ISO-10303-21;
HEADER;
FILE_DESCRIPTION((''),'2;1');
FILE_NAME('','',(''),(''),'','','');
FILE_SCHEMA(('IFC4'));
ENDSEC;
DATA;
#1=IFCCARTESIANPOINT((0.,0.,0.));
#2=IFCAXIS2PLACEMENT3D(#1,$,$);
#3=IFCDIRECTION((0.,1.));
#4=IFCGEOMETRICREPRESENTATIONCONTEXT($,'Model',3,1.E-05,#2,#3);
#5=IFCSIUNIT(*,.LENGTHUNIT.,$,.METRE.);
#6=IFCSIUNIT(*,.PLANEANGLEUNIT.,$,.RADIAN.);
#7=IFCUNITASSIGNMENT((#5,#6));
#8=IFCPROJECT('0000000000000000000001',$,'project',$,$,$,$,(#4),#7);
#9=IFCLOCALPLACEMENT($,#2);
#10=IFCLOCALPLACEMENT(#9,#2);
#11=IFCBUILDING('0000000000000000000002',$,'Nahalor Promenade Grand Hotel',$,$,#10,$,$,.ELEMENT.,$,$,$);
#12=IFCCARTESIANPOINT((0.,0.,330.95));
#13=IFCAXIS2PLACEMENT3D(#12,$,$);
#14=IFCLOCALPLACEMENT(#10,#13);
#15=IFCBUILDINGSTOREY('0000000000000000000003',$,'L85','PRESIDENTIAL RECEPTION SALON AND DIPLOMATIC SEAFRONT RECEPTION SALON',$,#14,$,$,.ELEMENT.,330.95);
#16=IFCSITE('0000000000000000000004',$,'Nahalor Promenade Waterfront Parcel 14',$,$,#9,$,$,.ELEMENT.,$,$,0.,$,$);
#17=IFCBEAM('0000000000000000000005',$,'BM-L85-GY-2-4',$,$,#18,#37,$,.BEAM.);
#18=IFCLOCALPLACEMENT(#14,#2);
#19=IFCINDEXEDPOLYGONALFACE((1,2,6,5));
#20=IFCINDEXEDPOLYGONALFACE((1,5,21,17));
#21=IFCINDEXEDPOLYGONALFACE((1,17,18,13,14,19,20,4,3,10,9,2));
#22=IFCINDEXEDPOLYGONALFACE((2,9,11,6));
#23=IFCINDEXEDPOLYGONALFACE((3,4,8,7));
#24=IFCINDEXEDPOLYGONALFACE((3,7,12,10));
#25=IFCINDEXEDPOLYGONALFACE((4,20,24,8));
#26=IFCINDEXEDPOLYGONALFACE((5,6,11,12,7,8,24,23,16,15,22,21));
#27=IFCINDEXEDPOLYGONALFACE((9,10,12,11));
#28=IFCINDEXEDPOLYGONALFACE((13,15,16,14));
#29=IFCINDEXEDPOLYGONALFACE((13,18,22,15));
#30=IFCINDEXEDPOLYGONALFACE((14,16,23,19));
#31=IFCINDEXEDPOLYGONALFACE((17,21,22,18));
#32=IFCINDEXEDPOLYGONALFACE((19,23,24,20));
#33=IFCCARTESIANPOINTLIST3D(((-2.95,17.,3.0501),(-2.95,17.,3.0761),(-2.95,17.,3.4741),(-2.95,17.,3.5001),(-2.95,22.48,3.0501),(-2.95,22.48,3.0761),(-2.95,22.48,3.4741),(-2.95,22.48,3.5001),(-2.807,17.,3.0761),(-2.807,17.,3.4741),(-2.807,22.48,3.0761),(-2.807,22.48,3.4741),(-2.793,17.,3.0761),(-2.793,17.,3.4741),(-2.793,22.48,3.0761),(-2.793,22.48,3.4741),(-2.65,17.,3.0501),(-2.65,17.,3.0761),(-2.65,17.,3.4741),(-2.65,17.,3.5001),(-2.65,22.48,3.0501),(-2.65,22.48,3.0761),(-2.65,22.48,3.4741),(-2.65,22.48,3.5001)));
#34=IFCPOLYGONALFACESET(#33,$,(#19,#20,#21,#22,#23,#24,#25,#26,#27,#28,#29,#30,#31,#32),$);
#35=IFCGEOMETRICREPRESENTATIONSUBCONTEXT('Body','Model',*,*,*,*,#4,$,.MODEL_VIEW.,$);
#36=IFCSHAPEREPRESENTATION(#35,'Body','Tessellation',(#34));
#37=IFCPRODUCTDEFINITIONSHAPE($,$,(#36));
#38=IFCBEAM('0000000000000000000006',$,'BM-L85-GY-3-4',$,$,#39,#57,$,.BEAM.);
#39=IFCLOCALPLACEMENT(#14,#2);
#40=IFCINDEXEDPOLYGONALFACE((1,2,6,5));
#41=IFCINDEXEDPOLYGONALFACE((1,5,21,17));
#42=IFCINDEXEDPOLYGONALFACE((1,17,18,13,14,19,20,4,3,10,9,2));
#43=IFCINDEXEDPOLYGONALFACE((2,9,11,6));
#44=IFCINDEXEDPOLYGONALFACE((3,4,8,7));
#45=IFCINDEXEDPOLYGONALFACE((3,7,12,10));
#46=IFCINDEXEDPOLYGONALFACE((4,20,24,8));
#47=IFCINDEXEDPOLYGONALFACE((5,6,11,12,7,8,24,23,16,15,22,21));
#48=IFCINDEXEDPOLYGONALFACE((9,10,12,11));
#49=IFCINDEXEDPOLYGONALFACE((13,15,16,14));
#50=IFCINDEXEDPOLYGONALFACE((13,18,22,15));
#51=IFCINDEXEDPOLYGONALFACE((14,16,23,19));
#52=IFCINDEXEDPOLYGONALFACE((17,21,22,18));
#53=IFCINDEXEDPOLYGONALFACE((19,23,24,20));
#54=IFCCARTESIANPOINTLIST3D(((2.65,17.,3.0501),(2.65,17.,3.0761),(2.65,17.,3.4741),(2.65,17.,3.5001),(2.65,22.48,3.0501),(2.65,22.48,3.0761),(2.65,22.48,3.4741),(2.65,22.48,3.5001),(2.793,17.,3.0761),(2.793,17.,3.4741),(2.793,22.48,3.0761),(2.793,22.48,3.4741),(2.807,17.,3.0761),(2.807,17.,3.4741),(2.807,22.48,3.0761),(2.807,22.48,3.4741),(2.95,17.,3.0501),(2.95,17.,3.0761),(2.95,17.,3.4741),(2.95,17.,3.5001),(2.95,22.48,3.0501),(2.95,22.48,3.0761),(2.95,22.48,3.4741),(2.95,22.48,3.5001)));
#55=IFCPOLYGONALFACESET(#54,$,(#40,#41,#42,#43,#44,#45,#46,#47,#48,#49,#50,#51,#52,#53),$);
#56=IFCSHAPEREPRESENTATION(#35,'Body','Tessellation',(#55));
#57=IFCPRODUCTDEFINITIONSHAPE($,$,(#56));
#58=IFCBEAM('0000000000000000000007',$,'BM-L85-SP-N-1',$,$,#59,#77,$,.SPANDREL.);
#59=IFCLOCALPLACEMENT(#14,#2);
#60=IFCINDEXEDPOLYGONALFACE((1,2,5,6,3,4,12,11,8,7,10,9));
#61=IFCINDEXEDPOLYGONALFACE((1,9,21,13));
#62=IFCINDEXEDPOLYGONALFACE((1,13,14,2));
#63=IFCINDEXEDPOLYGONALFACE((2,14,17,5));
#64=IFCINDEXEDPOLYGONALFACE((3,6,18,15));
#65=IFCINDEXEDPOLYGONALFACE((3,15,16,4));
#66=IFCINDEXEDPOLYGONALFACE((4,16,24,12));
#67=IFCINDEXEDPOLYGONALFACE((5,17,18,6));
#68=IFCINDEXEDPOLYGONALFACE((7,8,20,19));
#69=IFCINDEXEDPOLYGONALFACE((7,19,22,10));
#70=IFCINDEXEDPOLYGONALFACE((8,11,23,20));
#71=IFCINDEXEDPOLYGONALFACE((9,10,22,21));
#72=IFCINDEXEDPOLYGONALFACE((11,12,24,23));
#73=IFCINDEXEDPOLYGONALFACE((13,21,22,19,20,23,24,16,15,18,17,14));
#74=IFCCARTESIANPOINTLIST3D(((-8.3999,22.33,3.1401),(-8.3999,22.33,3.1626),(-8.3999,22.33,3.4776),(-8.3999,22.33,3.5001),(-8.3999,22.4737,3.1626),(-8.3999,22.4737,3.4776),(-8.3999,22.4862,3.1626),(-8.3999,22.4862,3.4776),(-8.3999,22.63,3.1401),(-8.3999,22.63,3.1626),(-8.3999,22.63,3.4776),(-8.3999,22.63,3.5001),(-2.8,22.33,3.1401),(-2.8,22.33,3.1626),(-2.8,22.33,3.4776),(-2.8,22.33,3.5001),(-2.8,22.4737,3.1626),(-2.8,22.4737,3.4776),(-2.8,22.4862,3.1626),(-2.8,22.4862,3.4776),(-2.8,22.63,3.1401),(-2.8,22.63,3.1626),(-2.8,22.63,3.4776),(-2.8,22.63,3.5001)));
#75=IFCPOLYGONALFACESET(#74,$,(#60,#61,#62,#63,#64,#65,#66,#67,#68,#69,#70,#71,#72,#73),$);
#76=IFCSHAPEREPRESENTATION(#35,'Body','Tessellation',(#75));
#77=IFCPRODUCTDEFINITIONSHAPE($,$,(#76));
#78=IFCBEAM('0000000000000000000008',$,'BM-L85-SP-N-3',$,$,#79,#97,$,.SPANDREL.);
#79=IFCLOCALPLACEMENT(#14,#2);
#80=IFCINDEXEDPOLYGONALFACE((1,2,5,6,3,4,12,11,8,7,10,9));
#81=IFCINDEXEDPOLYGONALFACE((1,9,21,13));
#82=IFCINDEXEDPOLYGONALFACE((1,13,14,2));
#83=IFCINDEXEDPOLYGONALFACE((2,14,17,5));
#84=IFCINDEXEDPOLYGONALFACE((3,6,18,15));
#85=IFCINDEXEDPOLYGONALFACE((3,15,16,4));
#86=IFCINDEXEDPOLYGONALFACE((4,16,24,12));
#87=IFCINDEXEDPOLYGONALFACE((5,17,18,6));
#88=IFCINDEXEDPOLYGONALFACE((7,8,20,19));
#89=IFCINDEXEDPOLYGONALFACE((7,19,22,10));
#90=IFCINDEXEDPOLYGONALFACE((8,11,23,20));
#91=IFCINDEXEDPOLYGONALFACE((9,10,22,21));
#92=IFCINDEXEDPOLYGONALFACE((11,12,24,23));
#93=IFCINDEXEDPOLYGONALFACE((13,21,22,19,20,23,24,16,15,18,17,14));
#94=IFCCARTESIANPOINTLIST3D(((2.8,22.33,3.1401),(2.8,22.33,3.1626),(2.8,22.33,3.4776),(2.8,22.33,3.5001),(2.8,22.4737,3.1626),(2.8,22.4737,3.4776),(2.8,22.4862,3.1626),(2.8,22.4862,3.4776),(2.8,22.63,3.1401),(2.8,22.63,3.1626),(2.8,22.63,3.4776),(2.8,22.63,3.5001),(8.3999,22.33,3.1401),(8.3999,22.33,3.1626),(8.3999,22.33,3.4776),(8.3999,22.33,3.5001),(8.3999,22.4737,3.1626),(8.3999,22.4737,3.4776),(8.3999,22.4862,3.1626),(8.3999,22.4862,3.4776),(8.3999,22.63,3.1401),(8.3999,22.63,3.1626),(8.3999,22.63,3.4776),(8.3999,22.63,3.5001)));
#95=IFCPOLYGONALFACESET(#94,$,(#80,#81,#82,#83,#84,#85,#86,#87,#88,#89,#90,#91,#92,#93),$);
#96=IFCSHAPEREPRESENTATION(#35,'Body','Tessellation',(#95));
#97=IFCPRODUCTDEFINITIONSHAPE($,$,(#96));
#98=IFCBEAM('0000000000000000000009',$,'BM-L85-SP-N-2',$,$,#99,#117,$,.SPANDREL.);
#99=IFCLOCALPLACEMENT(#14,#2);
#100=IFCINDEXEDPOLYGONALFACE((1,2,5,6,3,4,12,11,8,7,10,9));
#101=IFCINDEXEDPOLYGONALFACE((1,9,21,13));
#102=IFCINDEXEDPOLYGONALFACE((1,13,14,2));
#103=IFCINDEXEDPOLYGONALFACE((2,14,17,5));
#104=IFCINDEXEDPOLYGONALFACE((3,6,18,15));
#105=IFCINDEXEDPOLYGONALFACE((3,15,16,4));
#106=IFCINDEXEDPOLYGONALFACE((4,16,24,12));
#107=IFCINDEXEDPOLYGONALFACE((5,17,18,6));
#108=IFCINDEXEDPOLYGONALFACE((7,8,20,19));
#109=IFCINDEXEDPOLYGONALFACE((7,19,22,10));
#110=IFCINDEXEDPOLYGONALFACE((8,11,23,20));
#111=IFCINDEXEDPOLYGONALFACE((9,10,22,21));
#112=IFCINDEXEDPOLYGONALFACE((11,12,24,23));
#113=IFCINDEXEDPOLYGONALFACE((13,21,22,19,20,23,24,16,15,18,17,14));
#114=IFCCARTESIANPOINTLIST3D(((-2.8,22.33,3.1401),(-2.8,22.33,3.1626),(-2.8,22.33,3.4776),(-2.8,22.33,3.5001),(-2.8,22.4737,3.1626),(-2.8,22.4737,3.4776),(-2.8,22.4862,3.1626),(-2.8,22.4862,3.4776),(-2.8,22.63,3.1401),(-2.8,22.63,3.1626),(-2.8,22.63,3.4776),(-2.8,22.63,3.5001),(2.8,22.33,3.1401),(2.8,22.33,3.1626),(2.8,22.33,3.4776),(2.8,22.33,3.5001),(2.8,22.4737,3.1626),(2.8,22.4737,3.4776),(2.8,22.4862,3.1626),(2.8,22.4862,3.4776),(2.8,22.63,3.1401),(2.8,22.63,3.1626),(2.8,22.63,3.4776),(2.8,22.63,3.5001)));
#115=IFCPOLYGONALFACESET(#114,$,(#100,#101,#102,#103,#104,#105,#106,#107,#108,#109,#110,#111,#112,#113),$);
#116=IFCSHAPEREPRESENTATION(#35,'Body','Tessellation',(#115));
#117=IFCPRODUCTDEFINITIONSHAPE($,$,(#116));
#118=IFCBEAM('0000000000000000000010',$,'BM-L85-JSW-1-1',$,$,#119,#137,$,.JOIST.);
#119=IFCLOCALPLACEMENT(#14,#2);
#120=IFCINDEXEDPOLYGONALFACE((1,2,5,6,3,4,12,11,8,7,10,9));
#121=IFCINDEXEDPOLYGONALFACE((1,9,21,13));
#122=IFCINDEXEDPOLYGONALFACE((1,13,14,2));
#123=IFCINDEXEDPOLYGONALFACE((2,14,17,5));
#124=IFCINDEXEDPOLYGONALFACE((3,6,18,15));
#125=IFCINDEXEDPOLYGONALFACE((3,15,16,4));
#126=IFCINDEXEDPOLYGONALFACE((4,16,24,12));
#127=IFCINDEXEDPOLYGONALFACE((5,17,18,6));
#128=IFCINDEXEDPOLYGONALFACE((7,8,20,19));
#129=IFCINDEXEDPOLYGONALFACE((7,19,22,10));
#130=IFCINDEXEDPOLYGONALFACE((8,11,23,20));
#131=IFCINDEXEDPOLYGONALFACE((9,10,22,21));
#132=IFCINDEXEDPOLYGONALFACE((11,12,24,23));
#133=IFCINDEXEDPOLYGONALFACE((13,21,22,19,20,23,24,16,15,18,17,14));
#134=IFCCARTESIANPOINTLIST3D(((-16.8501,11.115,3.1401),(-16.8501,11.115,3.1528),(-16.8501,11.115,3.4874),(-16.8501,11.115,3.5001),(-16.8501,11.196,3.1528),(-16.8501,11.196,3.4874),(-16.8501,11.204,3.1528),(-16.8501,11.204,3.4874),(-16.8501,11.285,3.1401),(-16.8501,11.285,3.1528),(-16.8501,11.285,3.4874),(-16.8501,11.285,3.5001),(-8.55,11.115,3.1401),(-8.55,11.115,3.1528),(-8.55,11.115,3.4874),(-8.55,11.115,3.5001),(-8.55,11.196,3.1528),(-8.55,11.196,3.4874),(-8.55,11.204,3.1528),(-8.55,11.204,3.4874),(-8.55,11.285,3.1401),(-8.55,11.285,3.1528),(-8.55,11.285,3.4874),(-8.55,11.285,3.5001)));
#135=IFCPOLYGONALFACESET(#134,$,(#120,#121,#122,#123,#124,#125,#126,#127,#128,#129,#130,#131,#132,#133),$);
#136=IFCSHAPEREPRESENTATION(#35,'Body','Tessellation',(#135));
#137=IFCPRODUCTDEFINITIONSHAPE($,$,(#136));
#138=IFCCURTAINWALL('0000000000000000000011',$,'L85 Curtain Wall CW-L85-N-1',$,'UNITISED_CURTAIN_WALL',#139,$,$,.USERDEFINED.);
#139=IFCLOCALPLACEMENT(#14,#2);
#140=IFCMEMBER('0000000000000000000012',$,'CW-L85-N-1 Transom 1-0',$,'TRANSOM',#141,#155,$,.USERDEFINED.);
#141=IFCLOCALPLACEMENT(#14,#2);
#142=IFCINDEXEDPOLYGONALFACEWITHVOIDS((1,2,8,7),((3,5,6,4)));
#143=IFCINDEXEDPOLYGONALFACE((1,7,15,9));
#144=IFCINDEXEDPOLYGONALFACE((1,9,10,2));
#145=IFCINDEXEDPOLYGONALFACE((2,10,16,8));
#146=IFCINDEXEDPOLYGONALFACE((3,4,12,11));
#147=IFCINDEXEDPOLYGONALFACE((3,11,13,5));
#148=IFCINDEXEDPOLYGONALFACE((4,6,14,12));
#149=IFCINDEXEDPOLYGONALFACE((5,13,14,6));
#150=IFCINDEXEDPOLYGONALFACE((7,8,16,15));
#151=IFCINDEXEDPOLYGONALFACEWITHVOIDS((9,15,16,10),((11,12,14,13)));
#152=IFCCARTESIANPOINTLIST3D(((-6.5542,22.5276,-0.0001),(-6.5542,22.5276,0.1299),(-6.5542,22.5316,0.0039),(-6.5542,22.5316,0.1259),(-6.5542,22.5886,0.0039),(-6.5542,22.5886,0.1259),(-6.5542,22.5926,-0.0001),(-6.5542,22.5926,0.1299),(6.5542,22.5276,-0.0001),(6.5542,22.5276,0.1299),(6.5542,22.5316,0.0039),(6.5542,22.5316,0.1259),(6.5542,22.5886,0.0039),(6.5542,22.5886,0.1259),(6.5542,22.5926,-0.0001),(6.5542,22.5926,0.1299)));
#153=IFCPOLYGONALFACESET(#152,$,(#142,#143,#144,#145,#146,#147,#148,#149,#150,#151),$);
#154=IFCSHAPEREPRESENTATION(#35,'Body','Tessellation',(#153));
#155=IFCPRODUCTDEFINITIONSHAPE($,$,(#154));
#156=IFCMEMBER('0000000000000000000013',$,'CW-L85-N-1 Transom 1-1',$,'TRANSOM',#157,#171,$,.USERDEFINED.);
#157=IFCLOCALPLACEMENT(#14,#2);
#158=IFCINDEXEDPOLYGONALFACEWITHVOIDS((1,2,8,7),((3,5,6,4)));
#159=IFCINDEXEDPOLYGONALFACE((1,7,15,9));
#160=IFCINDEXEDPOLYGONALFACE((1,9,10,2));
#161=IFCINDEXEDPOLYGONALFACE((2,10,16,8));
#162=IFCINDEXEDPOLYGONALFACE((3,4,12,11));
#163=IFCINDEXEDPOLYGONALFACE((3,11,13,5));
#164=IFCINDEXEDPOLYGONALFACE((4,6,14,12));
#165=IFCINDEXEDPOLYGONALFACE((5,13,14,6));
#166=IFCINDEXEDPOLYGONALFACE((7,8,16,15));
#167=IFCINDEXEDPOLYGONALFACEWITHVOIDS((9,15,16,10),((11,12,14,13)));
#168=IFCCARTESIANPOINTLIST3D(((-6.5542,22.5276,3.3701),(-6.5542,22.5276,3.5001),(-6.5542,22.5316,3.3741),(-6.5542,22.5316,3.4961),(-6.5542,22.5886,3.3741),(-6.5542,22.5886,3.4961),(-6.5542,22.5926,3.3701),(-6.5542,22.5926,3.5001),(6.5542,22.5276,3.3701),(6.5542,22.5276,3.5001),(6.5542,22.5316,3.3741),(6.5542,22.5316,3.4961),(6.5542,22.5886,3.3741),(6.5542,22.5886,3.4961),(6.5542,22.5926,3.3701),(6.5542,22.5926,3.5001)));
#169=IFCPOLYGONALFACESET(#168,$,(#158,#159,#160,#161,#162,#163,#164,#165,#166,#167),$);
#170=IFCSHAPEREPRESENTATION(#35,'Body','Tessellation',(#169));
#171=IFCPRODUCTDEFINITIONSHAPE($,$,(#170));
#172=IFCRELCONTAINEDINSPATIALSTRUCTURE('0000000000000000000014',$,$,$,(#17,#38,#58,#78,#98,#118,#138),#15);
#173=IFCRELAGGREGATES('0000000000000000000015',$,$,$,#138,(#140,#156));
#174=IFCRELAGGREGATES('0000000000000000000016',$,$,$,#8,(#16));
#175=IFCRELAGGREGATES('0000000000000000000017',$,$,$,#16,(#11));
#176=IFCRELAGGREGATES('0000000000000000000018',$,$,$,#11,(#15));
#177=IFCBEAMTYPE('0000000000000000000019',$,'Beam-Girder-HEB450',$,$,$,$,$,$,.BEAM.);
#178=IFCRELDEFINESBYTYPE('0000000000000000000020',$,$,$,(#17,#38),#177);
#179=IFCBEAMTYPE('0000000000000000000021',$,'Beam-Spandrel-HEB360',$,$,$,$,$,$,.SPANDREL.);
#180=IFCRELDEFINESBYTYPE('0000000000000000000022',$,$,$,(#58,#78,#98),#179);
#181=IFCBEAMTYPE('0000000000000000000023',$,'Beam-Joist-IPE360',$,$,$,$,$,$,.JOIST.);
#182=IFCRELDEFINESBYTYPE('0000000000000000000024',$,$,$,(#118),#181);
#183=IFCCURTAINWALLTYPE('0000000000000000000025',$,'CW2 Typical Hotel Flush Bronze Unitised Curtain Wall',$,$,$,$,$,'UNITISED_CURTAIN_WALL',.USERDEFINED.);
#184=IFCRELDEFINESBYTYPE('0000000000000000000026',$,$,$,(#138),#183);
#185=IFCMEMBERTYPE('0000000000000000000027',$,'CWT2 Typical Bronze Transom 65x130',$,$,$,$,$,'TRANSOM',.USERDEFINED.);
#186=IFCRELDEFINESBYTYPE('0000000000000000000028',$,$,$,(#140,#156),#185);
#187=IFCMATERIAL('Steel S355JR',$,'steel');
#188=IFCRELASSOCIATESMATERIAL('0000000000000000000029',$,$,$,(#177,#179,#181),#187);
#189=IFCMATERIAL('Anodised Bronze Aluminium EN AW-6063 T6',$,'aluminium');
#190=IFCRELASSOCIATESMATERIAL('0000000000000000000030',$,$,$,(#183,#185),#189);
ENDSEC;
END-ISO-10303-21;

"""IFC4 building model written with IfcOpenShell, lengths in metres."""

from ifc_helpers import new_model, si_unit, direction, frame, origin, origin_2d, place, context, subcontext, project, spatial, hollow_rectangle, i_section, extrude, source, transform, mapped, material, material_profile, profile_set, type_object, element, aggregate, save


model = new_model("IFC4")

# Units and contexts
model_context = context("Model", 3, precision=1e-05, world=origin(), true_north=direction((0.0, 1.0)))
body_context = subcontext(model_context, "Body", "Model", "MODEL_VIEW")
ifc_project = project(units=[si_unit("LENGTHUNIT", "METRE"), si_unit("PLANEANGLEUNIT", "RADIAN")], contexts=[model_context])

# Site, building, storey
site_placement = place(None, origin())
site = spatial("IfcSite", under=ifc_project, at=site_placement, Name="Nahalor Promenade Waterfront Parcel 14", CompositionType="ELEMENT", RefElevation=0.0)
building_placement = place(site_placement, origin())
building = spatial("IfcBuilding", under=site, at=building_placement, Name="Nahalor Promenade Grand Hotel", CompositionType="ELEMENT")
storey_placement = place(building_placement, frame((0.0, 0.0, 330.95)))
storey = spatial("IfcBuildingStorey", under=building, at=storey_placement, Name="L85", Description="PRESIDENTIAL RECEPTION SALON AND DIPLOMATIC SEAFRONT RECEPTION SALON", CompositionType="ELEMENT", Elevation=330.95)

# Shared definitions
ifc_material_1 = material(Name="Steel S355JR", Category="steel")

# Beams
ifc_material_profile_1 = material_profile(ifc_material_1, i_section(OverallWidth=0.3, OverallDepth=0.45, WebThickness=0.014, FlangeThickness=0.026, at=origin_2d()), Name="HEB 450")
ifc_profile_set_1 = profile_set([ifc_material_profile_1], Name="Steel S355JR")
beam_type_1 = type_object("IfcBeamType", Name="Beam-Girder-HEB450", PredefinedType="BEAM", material=ifc_profile_set_1)
shared_shape_1 = source(origin(), body_context, "Body", "SweptSolid", [
    extrude(i_section(OverallWidth=0.3, OverallDepth=0.45, WebThickness=0.014, FlangeThickness=0.026, at=origin_2d()), origin(), (0.0, 0.0, 1.0), 5.48),
])
for number, where, z_axis, x_axis, name in (
    (1, (-2.8, 17.0, 3.2751), (0.0, 1.0, 0.0), (-1.0, 0.0, 0.0), "BM-L85-GY-2-4"),
    (2, (2.8, 17.0, 3.2751), (0.0, 1.0, 0.0), (-1.0, 0.0, 0.0), "BM-L85-GY-3-4"),
):
    element("IfcBeam", number, at=place(storey_placement, frame(where, z_axis=z_axis, x_axis=x_axis)), inside=storey, type_object=beam_type_1, Name=name, PredefinedType="BEAM", context=body_context, shape_type="MappedRepresentation", body=[
        mapped(shared_shape_1, transform((0.0, 0.0, 0.0), scale=1.0)),
    ])
ifc_material_profile_2 = material_profile(ifc_material_1, i_section(OverallWidth=0.3, OverallDepth=0.36, WebThickness=0.0125, FlangeThickness=0.0225, at=origin_2d()), Name="HEB 360")
ifc_profile_set_2 = profile_set([ifc_material_profile_2], Name="Steel S355JR")
beam_type_2 = type_object("IfcBeamType", Name="Beam-Spandrel-HEB360", PredefinedType="SPANDREL", material=ifc_profile_set_2)
shared_shape_2 = source(origin(), body_context, "Body", "SweptSolid", [
    extrude(i_section(OverallWidth=0.3, OverallDepth=0.36, WebThickness=0.0125, FlangeThickness=0.0225, at=origin_2d()), origin(), (0.0, 0.0, 1.0), 5.5999),
])
for number, where, z_axis, x_axis, name in (
    (3, (-8.3999, 22.48, 3.3201), (1.0, 0.0, 0.0), (0.0, 1.0, 0.0), "BM-L85-SP-N-1"),
    (4, (2.8, 22.48, 3.3201), (1.0, 0.0, 0.0), (0.0, 1.0, 0.0), "BM-L85-SP-N-3"),
):
    element("IfcBeam", number, at=place(storey_placement, frame(where, z_axis=z_axis, x_axis=x_axis)), inside=storey, type_object=beam_type_2, Name=name, PredefinedType="SPANDREL", context=body_context, shape_type="MappedRepresentation", body=[
        mapped(shared_shape_2, transform((0.0, 0.0, 0.0), scale=1.0)),
    ])
shared_shape_3 = source(origin(), body_context, "Body", "SweptSolid", [
    extrude(i_section(OverallWidth=0.3, OverallDepth=0.36, WebThickness=0.0125, FlangeThickness=0.0225, at=origin_2d()), origin(), (0.0, 0.0, 1.0), 5.6001),
])
beam_1_placement = place(storey_placement, frame((-2.8, 22.48, 3.3201), z_axis=(1.0, 0.0, 0.0), x_axis=(0.0, 1.0, 0.0)))
element("IfcBeam", 5, at=beam_1_placement, inside=storey, type_object=beam_type_2, Name="BM-L85-SP-N-2", PredefinedType="SPANDREL", context=body_context, shape_type="MappedRepresentation", body=[
    mapped(shared_shape_3, transform((0.0, 0.0, 0.0), scale=1.0)),
])
ifc_material_profile_3 = material_profile(ifc_material_1, i_section(OverallWidth=0.17, OverallDepth=0.36, WebThickness=0.008, FlangeThickness=0.0127, at=origin_2d()), Name="IPE 360")
ifc_profile_set_3 = profile_set([ifc_material_profile_3], Name="Steel S355JR")
beam_type_3 = type_object("IfcBeamType", Name="Beam-Joist-IPE360", PredefinedType="JOIST", material=ifc_profile_set_3)
shared_shape_4 = source(origin(), body_context, "Body", "SweptSolid", [
    extrude(i_section(OverallWidth=0.17, OverallDepth=0.36, WebThickness=0.008, FlangeThickness=0.0127, at=origin_2d()), origin(), (0.0, 0.0, 1.0), 8.3),
])
beam_2_placement = place(storey_placement, frame((-16.8501, 11.2, 3.3201), z_axis=(1.0, 0.0, 0.0), x_axis=(0.0, 1.0, 0.0)))
element("IfcBeam", 6, at=beam_2_placement, inside=storey, type_object=beam_type_3, Name="BM-L85-JSW-1-1", PredefinedType="JOIST", context=body_context, shape_type="MappedRepresentation", body=[
    mapped(shared_shape_4, transform((0.0, 0.0, 0.0), scale=1.0)),
])

# Curtain wall, members
ifc_material_2 = material(Name="Anodised Bronze Aluminium EN AW-6063 T6", Category="aluminium")
curtain_wall_type = type_object("IfcCurtainWallType", Name="CW2 Typical Hotel Flush Bronze Unitised Curtain Wall", ElementType="UNITISED_CURTAIN_WALL", PredefinedType="USERDEFINED", material=ifc_material_2)
curtain_wall_placement = place(storey_placement, origin())
curtain_wall = element("IfcCurtainWall", 7, at=curtain_wall_placement, inside=storey, type_object=curtain_wall_type, Name="L85 Curtain Wall CW-L85-N-1", ObjectType="UNITISED_CURTAIN_WALL", PredefinedType="USERDEFINED")
ifc_material_profile_4 = material_profile(ifc_material_2, hollow_rectangle(XDim=0.065, YDim=0.13, WallThickness=0.004, at=origin_2d()), Name="CWT 65x130x4")
ifc_profile_set_4 = profile_set([ifc_material_profile_4], Name="Anodised Bronze Aluminium EN AW-6063 T6")
member_type_1 = type_object("IfcMemberType", Name="CWT2 Typical Bronze Transom 65x130", ElementType="TRANSOM", PredefinedType="USERDEFINED", material=ifc_profile_set_4)
shared_shape_5 = source(origin(), body_context, "Body", "SweptSolid", [
    extrude(hollow_rectangle(XDim=0.065, YDim=0.13, WallThickness=0.004, at=origin_2d()), origin(), (0.0, 0.0, 1.0), 13.1084),
])
member_1_placement = place(storey_placement, frame((-6.5542, 22.5601, 0.0649), z_axis=(1.0, 0.0, 0.0), x_axis=(0.0, 1.0, 0.0)))
member_1 = element("IfcMember", 8, at=member_1_placement, type_object=member_type_1, Name="CW-L85-N-1 Transom 1-0", ObjectType="TRANSOM", PredefinedType="USERDEFINED", context=body_context, shape_type="MappedRepresentation", body=[
    mapped(shared_shape_5, transform((0.0, 0.0, 0.0), scale=1.0)),
])
member_2_placement = place(storey_placement, frame((-6.5542, 22.5601, 3.4351), z_axis=(1.0, 0.0, 0.0), x_axis=(0.0, 1.0, 0.0)))
member_2 = element("IfcMember", 9, at=member_2_placement, type_object=member_type_1, Name="CW-L85-N-1 Transom 1-1", ObjectType="TRANSOM", PredefinedType="USERDEFINED", context=body_context, shape_type="MappedRepresentation", body=[
    mapped(shared_shape_5, transform((0.0, 0.0, 0.0), scale=1.0)),
])
aggregate(curtain_wall, [member_1, member_2])

save(model, "model.ifc")
